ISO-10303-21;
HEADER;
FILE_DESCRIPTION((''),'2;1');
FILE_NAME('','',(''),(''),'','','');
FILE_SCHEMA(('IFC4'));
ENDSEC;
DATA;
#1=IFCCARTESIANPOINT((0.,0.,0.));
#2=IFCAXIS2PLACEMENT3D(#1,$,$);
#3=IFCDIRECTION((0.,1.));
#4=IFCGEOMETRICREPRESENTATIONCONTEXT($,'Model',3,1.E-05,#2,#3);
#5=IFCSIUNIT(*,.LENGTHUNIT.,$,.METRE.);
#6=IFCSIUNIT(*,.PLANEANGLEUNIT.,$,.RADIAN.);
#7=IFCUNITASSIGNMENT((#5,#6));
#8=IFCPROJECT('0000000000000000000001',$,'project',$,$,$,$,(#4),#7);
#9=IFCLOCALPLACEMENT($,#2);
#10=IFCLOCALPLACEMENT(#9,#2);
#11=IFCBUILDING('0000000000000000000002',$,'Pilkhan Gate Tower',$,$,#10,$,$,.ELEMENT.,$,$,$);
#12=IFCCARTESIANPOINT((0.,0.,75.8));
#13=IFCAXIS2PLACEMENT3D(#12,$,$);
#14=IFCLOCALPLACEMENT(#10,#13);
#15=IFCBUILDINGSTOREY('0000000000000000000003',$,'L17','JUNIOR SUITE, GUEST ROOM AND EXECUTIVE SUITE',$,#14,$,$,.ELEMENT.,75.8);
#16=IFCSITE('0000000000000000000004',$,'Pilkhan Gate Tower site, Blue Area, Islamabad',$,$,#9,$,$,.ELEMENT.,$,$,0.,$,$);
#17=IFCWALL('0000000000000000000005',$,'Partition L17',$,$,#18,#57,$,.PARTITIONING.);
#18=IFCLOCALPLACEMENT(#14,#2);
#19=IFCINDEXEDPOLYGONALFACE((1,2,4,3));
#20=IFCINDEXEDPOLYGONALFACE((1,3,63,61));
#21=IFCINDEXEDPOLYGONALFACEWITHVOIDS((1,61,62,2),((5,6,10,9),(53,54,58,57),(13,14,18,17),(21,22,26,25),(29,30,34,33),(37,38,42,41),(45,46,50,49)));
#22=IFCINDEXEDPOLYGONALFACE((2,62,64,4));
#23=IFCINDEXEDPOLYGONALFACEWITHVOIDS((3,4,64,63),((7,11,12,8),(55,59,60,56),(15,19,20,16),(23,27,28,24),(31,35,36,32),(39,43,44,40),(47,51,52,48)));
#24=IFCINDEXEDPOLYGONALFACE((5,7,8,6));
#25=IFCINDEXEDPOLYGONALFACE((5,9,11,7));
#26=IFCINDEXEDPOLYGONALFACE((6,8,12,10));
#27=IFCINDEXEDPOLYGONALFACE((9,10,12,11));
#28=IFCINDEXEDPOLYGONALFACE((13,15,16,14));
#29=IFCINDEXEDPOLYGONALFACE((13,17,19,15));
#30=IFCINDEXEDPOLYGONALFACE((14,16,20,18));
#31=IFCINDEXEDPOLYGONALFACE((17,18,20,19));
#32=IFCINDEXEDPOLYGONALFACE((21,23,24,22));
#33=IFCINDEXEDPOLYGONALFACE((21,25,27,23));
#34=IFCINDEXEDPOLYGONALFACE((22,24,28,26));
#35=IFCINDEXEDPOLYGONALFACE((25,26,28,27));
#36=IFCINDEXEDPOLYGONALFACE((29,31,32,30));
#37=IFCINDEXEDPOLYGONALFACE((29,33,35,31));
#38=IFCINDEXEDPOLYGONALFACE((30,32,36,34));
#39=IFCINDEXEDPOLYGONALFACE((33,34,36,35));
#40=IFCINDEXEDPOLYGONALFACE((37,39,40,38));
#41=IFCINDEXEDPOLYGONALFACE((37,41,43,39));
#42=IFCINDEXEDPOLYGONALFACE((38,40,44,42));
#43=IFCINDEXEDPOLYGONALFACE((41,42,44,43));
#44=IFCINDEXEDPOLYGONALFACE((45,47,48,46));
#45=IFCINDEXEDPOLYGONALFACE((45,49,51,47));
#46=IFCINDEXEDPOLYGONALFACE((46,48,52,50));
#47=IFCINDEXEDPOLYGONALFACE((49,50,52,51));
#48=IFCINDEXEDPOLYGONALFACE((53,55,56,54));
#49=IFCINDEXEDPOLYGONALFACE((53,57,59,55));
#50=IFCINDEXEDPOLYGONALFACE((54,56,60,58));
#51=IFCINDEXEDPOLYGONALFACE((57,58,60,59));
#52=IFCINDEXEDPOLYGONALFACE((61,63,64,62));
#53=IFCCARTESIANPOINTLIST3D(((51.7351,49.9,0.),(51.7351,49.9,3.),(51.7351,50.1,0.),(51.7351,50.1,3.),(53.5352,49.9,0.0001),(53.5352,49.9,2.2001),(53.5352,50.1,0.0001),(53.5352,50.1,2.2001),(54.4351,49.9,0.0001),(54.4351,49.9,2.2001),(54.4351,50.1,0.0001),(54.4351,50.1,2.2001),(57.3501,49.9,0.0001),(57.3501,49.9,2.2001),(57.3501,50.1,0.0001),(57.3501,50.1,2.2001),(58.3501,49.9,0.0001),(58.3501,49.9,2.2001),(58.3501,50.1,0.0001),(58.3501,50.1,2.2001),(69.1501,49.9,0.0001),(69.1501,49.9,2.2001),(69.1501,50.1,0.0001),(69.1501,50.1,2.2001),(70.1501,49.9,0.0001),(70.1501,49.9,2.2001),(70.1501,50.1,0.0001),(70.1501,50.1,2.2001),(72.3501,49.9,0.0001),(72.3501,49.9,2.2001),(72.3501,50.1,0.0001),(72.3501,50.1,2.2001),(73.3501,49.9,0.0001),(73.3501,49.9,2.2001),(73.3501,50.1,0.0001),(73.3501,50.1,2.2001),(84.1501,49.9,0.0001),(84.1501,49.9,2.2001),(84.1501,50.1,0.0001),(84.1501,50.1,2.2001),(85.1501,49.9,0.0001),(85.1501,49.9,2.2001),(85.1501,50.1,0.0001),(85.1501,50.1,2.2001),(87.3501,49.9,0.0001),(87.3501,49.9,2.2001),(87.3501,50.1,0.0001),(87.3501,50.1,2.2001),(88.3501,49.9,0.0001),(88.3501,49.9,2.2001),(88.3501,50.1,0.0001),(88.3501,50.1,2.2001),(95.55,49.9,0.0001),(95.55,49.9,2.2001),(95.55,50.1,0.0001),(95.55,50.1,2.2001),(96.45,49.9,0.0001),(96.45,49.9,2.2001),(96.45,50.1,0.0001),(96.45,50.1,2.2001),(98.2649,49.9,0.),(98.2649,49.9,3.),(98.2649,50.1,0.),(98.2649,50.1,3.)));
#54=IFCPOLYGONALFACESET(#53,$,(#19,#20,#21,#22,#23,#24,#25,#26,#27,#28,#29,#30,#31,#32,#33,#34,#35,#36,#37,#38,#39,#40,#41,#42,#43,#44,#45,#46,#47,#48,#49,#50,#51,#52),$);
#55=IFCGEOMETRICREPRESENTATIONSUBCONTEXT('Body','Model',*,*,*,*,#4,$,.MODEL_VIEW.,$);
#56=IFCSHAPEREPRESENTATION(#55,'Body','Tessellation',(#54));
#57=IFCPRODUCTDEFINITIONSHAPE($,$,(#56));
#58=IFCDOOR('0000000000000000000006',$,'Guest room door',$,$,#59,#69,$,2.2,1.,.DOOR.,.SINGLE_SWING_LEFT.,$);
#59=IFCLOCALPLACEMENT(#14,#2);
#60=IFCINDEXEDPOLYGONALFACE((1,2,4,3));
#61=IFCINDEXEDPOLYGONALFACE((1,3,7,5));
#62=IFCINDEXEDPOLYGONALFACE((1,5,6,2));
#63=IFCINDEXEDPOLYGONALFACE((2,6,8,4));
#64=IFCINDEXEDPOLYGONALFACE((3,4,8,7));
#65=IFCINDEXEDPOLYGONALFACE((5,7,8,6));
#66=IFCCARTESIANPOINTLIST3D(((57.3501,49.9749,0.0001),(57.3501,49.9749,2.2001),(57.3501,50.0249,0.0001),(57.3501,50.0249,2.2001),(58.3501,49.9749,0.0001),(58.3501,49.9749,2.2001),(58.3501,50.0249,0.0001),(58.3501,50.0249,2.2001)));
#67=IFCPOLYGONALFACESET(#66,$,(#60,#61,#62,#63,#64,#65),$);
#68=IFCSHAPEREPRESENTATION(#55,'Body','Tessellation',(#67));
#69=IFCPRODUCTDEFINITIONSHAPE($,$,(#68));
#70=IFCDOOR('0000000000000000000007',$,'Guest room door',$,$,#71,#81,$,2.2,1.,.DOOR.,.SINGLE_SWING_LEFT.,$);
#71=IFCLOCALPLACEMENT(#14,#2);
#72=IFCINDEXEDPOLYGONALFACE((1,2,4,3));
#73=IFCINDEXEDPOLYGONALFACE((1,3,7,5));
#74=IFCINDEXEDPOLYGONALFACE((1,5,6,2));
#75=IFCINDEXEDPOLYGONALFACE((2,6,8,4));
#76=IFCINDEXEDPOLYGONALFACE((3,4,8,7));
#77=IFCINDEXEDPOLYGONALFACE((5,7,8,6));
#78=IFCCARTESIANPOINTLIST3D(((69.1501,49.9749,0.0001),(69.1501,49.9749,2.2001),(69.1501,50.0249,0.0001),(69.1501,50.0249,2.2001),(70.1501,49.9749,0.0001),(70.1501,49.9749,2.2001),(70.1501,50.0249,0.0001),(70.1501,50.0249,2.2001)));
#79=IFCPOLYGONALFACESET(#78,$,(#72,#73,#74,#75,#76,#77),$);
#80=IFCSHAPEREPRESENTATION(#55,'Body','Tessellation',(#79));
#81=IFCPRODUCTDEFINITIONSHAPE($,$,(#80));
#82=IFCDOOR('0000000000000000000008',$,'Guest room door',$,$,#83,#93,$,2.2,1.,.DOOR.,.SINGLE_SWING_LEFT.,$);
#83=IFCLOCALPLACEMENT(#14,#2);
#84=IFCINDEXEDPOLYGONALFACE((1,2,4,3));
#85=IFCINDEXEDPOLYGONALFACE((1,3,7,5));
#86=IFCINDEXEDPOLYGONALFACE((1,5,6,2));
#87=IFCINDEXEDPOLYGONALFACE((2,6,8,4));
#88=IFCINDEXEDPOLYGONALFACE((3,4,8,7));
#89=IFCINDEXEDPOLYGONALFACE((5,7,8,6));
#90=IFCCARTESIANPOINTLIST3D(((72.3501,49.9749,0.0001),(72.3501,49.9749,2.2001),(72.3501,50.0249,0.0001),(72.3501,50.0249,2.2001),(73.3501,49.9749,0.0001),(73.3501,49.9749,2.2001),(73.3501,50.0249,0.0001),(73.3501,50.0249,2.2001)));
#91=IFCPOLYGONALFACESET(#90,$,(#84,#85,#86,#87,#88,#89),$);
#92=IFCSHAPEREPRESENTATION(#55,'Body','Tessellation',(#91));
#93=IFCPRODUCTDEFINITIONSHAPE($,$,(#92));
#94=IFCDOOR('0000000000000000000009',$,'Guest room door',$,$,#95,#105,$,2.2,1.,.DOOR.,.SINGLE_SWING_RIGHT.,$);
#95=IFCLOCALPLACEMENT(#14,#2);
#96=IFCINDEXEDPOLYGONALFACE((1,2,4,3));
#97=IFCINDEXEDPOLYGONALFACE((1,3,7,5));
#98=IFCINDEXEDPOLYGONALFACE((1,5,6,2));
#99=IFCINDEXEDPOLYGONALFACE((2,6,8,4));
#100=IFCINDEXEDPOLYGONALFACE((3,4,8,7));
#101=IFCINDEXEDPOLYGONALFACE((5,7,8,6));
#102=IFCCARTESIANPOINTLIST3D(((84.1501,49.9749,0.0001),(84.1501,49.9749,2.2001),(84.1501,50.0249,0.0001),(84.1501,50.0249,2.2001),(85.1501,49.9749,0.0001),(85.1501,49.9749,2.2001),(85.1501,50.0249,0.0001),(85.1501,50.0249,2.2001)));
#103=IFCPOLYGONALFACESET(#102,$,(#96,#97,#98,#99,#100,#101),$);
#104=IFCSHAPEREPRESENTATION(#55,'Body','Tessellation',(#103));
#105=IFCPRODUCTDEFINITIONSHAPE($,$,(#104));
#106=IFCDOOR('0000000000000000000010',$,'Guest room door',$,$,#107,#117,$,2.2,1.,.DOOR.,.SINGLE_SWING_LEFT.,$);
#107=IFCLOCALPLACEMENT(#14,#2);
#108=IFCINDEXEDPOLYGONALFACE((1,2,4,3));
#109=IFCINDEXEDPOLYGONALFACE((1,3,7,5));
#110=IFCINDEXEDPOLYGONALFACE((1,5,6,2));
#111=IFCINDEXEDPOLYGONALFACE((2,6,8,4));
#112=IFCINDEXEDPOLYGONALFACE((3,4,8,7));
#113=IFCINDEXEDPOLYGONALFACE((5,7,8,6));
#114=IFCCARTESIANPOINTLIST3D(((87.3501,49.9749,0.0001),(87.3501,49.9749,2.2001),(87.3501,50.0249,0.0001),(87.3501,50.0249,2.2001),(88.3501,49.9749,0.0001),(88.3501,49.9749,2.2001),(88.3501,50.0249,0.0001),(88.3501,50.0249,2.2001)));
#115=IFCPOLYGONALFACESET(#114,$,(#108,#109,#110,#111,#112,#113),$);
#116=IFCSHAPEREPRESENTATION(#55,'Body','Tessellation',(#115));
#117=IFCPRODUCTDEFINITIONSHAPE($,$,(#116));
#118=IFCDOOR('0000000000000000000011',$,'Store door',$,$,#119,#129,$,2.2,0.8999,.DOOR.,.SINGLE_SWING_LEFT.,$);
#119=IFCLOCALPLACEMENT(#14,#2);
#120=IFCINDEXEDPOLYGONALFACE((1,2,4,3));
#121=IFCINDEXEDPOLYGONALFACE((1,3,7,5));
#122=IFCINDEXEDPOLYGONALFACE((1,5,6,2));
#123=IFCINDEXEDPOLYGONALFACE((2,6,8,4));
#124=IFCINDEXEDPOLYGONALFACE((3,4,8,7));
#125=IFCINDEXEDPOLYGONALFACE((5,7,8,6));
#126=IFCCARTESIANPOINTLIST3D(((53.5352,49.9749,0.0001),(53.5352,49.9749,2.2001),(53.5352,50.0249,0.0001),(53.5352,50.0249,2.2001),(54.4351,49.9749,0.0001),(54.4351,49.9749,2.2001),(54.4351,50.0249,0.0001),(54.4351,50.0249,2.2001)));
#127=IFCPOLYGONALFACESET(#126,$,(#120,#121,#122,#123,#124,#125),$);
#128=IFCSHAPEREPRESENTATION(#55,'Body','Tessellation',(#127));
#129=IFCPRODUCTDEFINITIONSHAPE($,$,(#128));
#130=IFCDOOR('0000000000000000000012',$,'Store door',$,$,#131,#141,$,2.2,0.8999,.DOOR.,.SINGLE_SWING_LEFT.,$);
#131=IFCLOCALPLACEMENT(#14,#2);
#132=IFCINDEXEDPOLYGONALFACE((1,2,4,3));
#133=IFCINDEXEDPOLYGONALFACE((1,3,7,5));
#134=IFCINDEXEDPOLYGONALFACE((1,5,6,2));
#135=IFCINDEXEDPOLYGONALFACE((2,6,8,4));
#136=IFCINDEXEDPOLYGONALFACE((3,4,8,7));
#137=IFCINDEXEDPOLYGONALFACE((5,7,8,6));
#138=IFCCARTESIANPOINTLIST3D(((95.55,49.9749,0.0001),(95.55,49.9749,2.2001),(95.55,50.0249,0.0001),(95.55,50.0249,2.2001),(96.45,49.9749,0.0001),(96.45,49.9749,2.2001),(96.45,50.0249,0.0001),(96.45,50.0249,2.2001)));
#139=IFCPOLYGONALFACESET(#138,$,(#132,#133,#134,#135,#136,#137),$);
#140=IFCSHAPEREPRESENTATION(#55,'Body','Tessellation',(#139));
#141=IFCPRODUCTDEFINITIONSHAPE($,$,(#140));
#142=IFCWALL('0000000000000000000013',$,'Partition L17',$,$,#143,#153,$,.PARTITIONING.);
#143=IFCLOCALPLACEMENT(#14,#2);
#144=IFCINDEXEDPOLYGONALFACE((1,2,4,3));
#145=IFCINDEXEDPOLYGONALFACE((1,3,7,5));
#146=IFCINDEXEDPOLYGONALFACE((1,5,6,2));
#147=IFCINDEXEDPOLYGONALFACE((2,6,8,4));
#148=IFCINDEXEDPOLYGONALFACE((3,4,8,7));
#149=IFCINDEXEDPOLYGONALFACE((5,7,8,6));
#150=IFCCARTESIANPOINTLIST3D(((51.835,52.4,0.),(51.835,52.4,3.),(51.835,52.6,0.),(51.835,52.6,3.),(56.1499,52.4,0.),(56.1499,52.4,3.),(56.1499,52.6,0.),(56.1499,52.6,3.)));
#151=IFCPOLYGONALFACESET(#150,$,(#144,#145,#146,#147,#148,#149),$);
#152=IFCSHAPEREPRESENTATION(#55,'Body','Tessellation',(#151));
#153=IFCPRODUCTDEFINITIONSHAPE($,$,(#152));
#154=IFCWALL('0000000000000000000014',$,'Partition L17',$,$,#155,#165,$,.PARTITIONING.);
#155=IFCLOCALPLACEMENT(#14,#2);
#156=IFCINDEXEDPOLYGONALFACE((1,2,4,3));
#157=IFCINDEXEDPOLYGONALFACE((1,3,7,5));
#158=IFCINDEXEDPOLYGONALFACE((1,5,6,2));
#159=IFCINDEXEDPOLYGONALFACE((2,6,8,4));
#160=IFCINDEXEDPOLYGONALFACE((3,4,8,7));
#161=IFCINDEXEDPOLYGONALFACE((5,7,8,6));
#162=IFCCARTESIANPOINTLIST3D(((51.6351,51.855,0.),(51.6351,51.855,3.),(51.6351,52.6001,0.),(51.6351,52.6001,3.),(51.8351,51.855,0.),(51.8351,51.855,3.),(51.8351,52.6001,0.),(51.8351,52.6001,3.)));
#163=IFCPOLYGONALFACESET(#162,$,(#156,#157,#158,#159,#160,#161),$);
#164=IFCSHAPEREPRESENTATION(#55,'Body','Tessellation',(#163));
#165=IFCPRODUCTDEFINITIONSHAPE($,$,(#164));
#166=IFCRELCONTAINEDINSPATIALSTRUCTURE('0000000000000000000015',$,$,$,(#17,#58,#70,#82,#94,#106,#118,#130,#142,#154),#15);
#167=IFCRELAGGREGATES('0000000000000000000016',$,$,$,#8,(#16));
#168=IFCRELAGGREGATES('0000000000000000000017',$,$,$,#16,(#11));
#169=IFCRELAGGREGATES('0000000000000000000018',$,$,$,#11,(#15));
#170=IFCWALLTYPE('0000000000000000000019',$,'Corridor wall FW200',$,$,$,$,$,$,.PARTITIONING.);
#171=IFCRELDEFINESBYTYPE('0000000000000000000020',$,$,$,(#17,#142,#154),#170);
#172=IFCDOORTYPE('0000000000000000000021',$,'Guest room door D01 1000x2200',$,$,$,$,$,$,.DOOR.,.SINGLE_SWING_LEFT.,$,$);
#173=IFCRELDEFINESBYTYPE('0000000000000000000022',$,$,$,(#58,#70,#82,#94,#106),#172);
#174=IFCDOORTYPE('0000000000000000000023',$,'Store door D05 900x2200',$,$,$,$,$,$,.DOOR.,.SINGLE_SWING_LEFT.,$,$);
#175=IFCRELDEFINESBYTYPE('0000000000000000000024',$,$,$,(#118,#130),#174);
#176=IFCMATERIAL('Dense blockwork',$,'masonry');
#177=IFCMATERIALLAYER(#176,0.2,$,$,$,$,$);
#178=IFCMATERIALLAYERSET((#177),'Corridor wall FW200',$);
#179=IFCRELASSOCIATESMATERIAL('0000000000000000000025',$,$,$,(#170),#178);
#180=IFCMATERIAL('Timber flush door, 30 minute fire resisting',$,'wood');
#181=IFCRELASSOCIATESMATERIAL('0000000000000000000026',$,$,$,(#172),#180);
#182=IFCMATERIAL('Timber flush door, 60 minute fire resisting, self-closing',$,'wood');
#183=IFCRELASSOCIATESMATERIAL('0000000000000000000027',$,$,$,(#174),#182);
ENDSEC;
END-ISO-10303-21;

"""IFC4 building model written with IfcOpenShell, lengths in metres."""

from ifc_helpers import new_model, si_unit, direction, frame, frame_2d, origin, place, context, subcontext, project, spatial, rectangle, extrude, material, layer, layer_set, type_object, element, fill, save


model = new_model("IFC4")

# Units and contexts
model_context = context("Model", 3, precision=1e-05, world=origin(), true_north=direction((0.0, 1.0)))
body_context = subcontext(model_context, "Body", "Model", "MODEL_VIEW")
ifc_project = project(units=[si_unit("LENGTHUNIT", "METRE"), si_unit("PLANEANGLEUNIT", "RADIAN")], contexts=[model_context])

# Site, building, storey
site_placement = place(None, origin())
site = spatial("IfcSite", under=ifc_project, at=site_placement, Name="Pilkhan Gate Tower site, Blue Area, Islamabad", CompositionType="ELEMENT", RefElevation=0.0)
building_placement = place(site_placement, origin())
building = spatial("IfcBuilding", under=site, at=building_placement, Name="Pilkhan Gate Tower", CompositionType="ELEMENT")
storey_placement = place(building_placement, frame((0.0, 0.0, 75.8)))
storey = spatial("IfcBuildingStorey", under=building, at=storey_placement, Name="L17", Description="JUNIOR SUITE, GUEST ROOM AND EXECUTIVE SUITE", CompositionType="ELEMENT", Elevation=75.8)

# Wall, openings, doors
ifc_material_1 = material(Name="Dense blockwork", Category="masonry")
ifc_layer_1 = layer(ifc_material_1, 0.2)
ifc_layer_set_1 = layer_set([ifc_layer_1], Name="Corridor wall FW200")
wall_type_1 = type_object("IfcWallType", Name="Corridor wall FW200", PredefinedType="PARTITIONING", material=ifc_layer_set_1)
wall_1_placement = place(storey_placement, frame((51.7351, 50.0, 0.0), z_axis=(0.0, 0.0, 1.0), x_axis=(1.0, 0.0, 0.0)))
wall_1 = element("IfcWall", 1, at=wall_1_placement, inside=storey, type_object=wall_type_1, Name="Partition L17", PredefinedType="PARTITIONING", context=body_context, shape_type="SweptSolid", body=[
    extrude(rectangle(XDim=46.5298, YDim=0.2, at=frame_2d((23.2649, 0.0))), origin(), (0.0, 0.0, 1.0), 3.0),
])
opening_1_placement = place(wall_1_placement, frame((5.615, 0.0, 0.0)))
opening_1 = element("IfcOpeningElement", 2, at=opening_1_placement, cuts=wall_1, PredefinedType="OPENING", context=body_context, shape_type="SweptSolid", body=[
    extrude(rectangle(XDim=1.0, YDim=2.2, at=frame_2d((0.5, 1.1001))), frame((0.0, 0.1099, 0.0), z_axis=(0.0, -1.0, 0.0), x_axis=(1.0, 0.0, 0.0)), (0.0, 0.0, 1.0), 0.22),
])
opening_2_placement = place(wall_1_placement, frame((17.415, 0.0, 0.0)))
opening_2 = element("IfcOpeningElement", 3, at=opening_2_placement, cuts=wall_1, PredefinedType="OPENING", context=body_context, shape_type="SweptSolid", body=[
    extrude(rectangle(XDim=1.0, YDim=2.2, at=frame_2d((0.5, 1.1001))), frame((0.0, 0.1099, 0.0), z_axis=(0.0, -1.0, 0.0), x_axis=(1.0, 0.0, 0.0)), (0.0, 0.0, 1.0), 0.22),
])
opening_3_placement = place(wall_1_placement, frame((20.615, 0.0, 0.0)))
opening_3 = element("IfcOpeningElement", 4, at=opening_3_placement, cuts=wall_1, PredefinedType="OPENING", context=body_context, shape_type="SweptSolid", body=[
    extrude(rectangle(XDim=1.0, YDim=2.2, at=frame_2d((0.5, 1.1001))), frame((0.0, 0.1099, 0.0), z_axis=(0.0, -1.0, 0.0), x_axis=(1.0, 0.0, 0.0)), (0.0, 0.0, 1.0), 0.22),
])
opening_4_placement = place(wall_1_placement, frame((32.415, 0.0, 0.0)))
opening_4 = element("IfcOpeningElement", 5, at=opening_4_placement, cuts=wall_1, PredefinedType="OPENING", context=body_context, shape_type="SweptSolid", body=[
    extrude(rectangle(XDim=1.0, YDim=2.2, at=frame_2d((0.5, 1.1001))), frame((0.0, 0.1099, 0.0), z_axis=(0.0, -1.0, 0.0), x_axis=(1.0, 0.0, 0.0)), (0.0, 0.0, 1.0), 0.22),
])
opening_5_placement = place(wall_1_placement, frame((35.615, 0.0, 0.0)))
opening_5 = element("IfcOpeningElement", 6, at=opening_5_placement, cuts=wall_1, PredefinedType="OPENING", context=body_context, shape_type="SweptSolid", body=[
    extrude(rectangle(XDim=1.0, YDim=2.2, at=frame_2d((0.5, 1.1001))), frame((0.0, 0.1099, 0.0), z_axis=(0.0, -1.0, 0.0), x_axis=(1.0, 0.0, 0.0)), (0.0, 0.0, 1.0), 0.22),
])
opening_6_placement = place(wall_1_placement, frame((1.8, 0.0, 0.0)))
opening_6 = element("IfcOpeningElement", 7, at=opening_6_placement, cuts=wall_1, PredefinedType="OPENING", context=body_context, shape_type="SweptSolid", body=[
    extrude(rectangle(XDim=0.8999, YDim=2.2, at=frame_2d((0.45, 1.1001))), frame((0.0, 0.1099, 0.0), z_axis=(0.0, -1.0, 0.0), x_axis=(1.0, 0.0, 0.0)), (0.0, 0.0, 1.0), 0.22),
])
opening_7_placement = place(wall_1_placement, frame((43.8149, 0.0, 0.0)))
opening_7 = element("IfcOpeningElement", 8, at=opening_7_placement, cuts=wall_1, PredefinedType="OPENING", context=body_context, shape_type="SweptSolid", body=[
    extrude(rectangle(XDim=0.8999, YDim=2.2, at=frame_2d((0.45, 1.1001))), frame((0.0, 0.1099, 0.0), z_axis=(0.0, -1.0, 0.0), x_axis=(1.0, 0.0, 0.0)), (0.0, 0.0, 1.0), 0.22),
])
ifc_material_2 = material(Name="Timber flush door, 30 minute fire resisting", Category="wood")
door_type_1 = type_object("IfcDoorType", Name="Guest room door D01 1000x2200", OperationType="SINGLE_SWING_LEFT", PredefinedType="DOOR", material=ifc_material_2)
door_1_placement = place(opening_1_placement, origin())
door_1 = element("IfcDoor", 9, at=door_1_placement, inside=storey, type_object=door_type_1, Name="Guest room door", OperationType="SINGLE_SWING_LEFT", OverallHeight=2.2, OverallWidth=1.0, PredefinedType="DOOR", context=body_context, shape_type="SweptSolid", body=[
    extrude(rectangle(XDim=1.0, YDim=2.2, at=frame_2d((0.5, 1.1001))), frame((0.0, 0.0249, 0.0), z_axis=(0.0, -1.0, 0.0), x_axis=(1.0, 0.0, 0.0)), (0.0, 0.0, 1.0), 0.05),
])
fill(opening_1, door_1)
door_2_placement = place(opening_2_placement, origin())
door_2 = element("IfcDoor", 10, at=door_2_placement, inside=storey, type_object=door_type_1, Name="Guest room door", OperationType="SINGLE_SWING_LEFT", OverallHeight=2.2, OverallWidth=1.0, PredefinedType="DOOR", context=body_context, shape_type="SweptSolid", body=[
    extrude(rectangle(XDim=1.0, YDim=2.2, at=frame_2d((0.5, 1.1001))), frame((0.0, 0.0249, 0.0), z_axis=(0.0, -1.0, 0.0), x_axis=(1.0, 0.0, 0.0)), (0.0, 0.0, 1.0), 0.05),
])
fill(opening_2, door_2)
door_3_placement = place(opening_3_placement, origin())
door_3 = element("IfcDoor", 11, at=door_3_placement, inside=storey, type_object=door_type_1, Name="Guest room door", OperationType="SINGLE_SWING_LEFT", OverallHeight=2.2, OverallWidth=1.0, PredefinedType="DOOR", context=body_context, shape_type="SweptSolid", body=[
    extrude(rectangle(XDim=1.0, YDim=2.2, at=frame_2d((0.5, 1.1001))), frame((0.0, 0.0249, 0.0), z_axis=(0.0, -1.0, 0.0), x_axis=(1.0, 0.0, 0.0)), (0.0, 0.0, 1.0), 0.05),
])
fill(opening_3, door_3)
door_4_placement = place(opening_4_placement, origin())
door_4 = element("IfcDoor", 12, at=door_4_placement, inside=storey, type_object=door_type_1, Name="Guest room door", OperationType="SINGLE_SWING_RIGHT", OverallHeight=2.2, OverallWidth=1.0, PredefinedType="DOOR", context=body_context, shape_type="SweptSolid", body=[
    extrude(rectangle(XDim=1.0, YDim=2.2, at=frame_2d((0.5, 1.1001))), frame((0.0, 0.0249, 0.0), z_axis=(0.0, -1.0, 0.0), x_axis=(1.0, 0.0, 0.0)), (0.0, 0.0, 1.0), 0.05),
])
fill(opening_4, door_4)
door_5_placement = place(opening_5_placement, origin())
door_5 = element("IfcDoor", 13, at=door_5_placement, inside=storey, type_object=door_type_1, Name="Guest room door", OperationType="SINGLE_SWING_LEFT", OverallHeight=2.2, OverallWidth=1.0, PredefinedType="DOOR", context=body_context, shape_type="SweptSolid", body=[
    extrude(rectangle(XDim=1.0, YDim=2.2, at=frame_2d((0.5, 1.1001))), frame((0.0, 0.0249, 0.0), z_axis=(0.0, -1.0, 0.0), x_axis=(1.0, 0.0, 0.0)), (0.0, 0.0, 1.0), 0.05),
])
fill(opening_5, door_5)
ifc_material_3 = material(Name="Timber flush door, 60 minute fire resisting, self-closing", Category="wood")
door_type_2 = type_object("IfcDoorType", Name="Store door D05 900x2200", OperationType="SINGLE_SWING_LEFT", PredefinedType="DOOR", material=ifc_material_3)
door_6_placement = place(opening_6_placement, origin())
door_6 = element("IfcDoor", 14, at=door_6_placement, inside=storey, type_object=door_type_2, Name="Store door", OperationType="SINGLE_SWING_LEFT", OverallHeight=2.2, OverallWidth=0.8999, PredefinedType="DOOR", context=body_context, shape_type="SweptSolid", body=[
    extrude(rectangle(XDim=0.8999, YDim=2.2, at=frame_2d((0.45, 1.1001))), frame((0.0, 0.0249, 0.0), z_axis=(0.0, -1.0, 0.0), x_axis=(1.0, 0.0, 0.0)), (0.0, 0.0, 1.0), 0.05),
])
fill(opening_6, door_6)
door_7_placement = place(opening_7_placement, origin())
door_7 = element("IfcDoor", 15, at=door_7_placement, inside=storey, type_object=door_type_2, Name="Store door", OperationType="SINGLE_SWING_LEFT", OverallHeight=2.2, OverallWidth=0.8999, PredefinedType="DOOR", context=body_context, shape_type="SweptSolid", body=[
    extrude(rectangle(XDim=0.8999, YDim=2.2, at=frame_2d((0.45, 1.1001))), frame((0.0, 0.0249, 0.0), z_axis=(0.0, -1.0, 0.0), x_axis=(1.0, 0.0, 0.0)), (0.0, 0.0, 1.0), 0.05),
])
fill(opening_7, door_7)

# Walls
wall_2_placement = place(storey_placement, frame((51.835, 52.5, 0.0), z_axis=(0.0, 0.0, 1.0), x_axis=(1.0, 0.0, 0.0)))
element("IfcWall", 16, at=wall_2_placement, inside=storey, type_object=wall_type_1, Name="Partition L17", PredefinedType="PARTITIONING", context=body_context, shape_type="SweptSolid", body=[
    extrude(rectangle(XDim=4.3149, YDim=0.2, at=frame_2d((2.1575, 0.0))), origin(), (0.0, 0.0, 1.0), 3.0),
])
wall_3_placement = place(storey_placement, frame((51.7351, 51.855, 0.0), z_axis=(0.0, 0.0, 1.0), x_axis=(0.0, 1.0, 0.0)))
element("IfcWall", 17, at=wall_3_placement, inside=storey, type_object=wall_type_1, Name="Partition L17", PredefinedType="PARTITIONING", context=body_context, shape_type="SweptSolid", body=[
    extrude(rectangle(XDim=0.7451, YDim=0.2, at=frame_2d((0.3726, 0.0))), origin(), (0.0, 0.0, 1.0), 3.0),
])

save(model, "model.ifc")
